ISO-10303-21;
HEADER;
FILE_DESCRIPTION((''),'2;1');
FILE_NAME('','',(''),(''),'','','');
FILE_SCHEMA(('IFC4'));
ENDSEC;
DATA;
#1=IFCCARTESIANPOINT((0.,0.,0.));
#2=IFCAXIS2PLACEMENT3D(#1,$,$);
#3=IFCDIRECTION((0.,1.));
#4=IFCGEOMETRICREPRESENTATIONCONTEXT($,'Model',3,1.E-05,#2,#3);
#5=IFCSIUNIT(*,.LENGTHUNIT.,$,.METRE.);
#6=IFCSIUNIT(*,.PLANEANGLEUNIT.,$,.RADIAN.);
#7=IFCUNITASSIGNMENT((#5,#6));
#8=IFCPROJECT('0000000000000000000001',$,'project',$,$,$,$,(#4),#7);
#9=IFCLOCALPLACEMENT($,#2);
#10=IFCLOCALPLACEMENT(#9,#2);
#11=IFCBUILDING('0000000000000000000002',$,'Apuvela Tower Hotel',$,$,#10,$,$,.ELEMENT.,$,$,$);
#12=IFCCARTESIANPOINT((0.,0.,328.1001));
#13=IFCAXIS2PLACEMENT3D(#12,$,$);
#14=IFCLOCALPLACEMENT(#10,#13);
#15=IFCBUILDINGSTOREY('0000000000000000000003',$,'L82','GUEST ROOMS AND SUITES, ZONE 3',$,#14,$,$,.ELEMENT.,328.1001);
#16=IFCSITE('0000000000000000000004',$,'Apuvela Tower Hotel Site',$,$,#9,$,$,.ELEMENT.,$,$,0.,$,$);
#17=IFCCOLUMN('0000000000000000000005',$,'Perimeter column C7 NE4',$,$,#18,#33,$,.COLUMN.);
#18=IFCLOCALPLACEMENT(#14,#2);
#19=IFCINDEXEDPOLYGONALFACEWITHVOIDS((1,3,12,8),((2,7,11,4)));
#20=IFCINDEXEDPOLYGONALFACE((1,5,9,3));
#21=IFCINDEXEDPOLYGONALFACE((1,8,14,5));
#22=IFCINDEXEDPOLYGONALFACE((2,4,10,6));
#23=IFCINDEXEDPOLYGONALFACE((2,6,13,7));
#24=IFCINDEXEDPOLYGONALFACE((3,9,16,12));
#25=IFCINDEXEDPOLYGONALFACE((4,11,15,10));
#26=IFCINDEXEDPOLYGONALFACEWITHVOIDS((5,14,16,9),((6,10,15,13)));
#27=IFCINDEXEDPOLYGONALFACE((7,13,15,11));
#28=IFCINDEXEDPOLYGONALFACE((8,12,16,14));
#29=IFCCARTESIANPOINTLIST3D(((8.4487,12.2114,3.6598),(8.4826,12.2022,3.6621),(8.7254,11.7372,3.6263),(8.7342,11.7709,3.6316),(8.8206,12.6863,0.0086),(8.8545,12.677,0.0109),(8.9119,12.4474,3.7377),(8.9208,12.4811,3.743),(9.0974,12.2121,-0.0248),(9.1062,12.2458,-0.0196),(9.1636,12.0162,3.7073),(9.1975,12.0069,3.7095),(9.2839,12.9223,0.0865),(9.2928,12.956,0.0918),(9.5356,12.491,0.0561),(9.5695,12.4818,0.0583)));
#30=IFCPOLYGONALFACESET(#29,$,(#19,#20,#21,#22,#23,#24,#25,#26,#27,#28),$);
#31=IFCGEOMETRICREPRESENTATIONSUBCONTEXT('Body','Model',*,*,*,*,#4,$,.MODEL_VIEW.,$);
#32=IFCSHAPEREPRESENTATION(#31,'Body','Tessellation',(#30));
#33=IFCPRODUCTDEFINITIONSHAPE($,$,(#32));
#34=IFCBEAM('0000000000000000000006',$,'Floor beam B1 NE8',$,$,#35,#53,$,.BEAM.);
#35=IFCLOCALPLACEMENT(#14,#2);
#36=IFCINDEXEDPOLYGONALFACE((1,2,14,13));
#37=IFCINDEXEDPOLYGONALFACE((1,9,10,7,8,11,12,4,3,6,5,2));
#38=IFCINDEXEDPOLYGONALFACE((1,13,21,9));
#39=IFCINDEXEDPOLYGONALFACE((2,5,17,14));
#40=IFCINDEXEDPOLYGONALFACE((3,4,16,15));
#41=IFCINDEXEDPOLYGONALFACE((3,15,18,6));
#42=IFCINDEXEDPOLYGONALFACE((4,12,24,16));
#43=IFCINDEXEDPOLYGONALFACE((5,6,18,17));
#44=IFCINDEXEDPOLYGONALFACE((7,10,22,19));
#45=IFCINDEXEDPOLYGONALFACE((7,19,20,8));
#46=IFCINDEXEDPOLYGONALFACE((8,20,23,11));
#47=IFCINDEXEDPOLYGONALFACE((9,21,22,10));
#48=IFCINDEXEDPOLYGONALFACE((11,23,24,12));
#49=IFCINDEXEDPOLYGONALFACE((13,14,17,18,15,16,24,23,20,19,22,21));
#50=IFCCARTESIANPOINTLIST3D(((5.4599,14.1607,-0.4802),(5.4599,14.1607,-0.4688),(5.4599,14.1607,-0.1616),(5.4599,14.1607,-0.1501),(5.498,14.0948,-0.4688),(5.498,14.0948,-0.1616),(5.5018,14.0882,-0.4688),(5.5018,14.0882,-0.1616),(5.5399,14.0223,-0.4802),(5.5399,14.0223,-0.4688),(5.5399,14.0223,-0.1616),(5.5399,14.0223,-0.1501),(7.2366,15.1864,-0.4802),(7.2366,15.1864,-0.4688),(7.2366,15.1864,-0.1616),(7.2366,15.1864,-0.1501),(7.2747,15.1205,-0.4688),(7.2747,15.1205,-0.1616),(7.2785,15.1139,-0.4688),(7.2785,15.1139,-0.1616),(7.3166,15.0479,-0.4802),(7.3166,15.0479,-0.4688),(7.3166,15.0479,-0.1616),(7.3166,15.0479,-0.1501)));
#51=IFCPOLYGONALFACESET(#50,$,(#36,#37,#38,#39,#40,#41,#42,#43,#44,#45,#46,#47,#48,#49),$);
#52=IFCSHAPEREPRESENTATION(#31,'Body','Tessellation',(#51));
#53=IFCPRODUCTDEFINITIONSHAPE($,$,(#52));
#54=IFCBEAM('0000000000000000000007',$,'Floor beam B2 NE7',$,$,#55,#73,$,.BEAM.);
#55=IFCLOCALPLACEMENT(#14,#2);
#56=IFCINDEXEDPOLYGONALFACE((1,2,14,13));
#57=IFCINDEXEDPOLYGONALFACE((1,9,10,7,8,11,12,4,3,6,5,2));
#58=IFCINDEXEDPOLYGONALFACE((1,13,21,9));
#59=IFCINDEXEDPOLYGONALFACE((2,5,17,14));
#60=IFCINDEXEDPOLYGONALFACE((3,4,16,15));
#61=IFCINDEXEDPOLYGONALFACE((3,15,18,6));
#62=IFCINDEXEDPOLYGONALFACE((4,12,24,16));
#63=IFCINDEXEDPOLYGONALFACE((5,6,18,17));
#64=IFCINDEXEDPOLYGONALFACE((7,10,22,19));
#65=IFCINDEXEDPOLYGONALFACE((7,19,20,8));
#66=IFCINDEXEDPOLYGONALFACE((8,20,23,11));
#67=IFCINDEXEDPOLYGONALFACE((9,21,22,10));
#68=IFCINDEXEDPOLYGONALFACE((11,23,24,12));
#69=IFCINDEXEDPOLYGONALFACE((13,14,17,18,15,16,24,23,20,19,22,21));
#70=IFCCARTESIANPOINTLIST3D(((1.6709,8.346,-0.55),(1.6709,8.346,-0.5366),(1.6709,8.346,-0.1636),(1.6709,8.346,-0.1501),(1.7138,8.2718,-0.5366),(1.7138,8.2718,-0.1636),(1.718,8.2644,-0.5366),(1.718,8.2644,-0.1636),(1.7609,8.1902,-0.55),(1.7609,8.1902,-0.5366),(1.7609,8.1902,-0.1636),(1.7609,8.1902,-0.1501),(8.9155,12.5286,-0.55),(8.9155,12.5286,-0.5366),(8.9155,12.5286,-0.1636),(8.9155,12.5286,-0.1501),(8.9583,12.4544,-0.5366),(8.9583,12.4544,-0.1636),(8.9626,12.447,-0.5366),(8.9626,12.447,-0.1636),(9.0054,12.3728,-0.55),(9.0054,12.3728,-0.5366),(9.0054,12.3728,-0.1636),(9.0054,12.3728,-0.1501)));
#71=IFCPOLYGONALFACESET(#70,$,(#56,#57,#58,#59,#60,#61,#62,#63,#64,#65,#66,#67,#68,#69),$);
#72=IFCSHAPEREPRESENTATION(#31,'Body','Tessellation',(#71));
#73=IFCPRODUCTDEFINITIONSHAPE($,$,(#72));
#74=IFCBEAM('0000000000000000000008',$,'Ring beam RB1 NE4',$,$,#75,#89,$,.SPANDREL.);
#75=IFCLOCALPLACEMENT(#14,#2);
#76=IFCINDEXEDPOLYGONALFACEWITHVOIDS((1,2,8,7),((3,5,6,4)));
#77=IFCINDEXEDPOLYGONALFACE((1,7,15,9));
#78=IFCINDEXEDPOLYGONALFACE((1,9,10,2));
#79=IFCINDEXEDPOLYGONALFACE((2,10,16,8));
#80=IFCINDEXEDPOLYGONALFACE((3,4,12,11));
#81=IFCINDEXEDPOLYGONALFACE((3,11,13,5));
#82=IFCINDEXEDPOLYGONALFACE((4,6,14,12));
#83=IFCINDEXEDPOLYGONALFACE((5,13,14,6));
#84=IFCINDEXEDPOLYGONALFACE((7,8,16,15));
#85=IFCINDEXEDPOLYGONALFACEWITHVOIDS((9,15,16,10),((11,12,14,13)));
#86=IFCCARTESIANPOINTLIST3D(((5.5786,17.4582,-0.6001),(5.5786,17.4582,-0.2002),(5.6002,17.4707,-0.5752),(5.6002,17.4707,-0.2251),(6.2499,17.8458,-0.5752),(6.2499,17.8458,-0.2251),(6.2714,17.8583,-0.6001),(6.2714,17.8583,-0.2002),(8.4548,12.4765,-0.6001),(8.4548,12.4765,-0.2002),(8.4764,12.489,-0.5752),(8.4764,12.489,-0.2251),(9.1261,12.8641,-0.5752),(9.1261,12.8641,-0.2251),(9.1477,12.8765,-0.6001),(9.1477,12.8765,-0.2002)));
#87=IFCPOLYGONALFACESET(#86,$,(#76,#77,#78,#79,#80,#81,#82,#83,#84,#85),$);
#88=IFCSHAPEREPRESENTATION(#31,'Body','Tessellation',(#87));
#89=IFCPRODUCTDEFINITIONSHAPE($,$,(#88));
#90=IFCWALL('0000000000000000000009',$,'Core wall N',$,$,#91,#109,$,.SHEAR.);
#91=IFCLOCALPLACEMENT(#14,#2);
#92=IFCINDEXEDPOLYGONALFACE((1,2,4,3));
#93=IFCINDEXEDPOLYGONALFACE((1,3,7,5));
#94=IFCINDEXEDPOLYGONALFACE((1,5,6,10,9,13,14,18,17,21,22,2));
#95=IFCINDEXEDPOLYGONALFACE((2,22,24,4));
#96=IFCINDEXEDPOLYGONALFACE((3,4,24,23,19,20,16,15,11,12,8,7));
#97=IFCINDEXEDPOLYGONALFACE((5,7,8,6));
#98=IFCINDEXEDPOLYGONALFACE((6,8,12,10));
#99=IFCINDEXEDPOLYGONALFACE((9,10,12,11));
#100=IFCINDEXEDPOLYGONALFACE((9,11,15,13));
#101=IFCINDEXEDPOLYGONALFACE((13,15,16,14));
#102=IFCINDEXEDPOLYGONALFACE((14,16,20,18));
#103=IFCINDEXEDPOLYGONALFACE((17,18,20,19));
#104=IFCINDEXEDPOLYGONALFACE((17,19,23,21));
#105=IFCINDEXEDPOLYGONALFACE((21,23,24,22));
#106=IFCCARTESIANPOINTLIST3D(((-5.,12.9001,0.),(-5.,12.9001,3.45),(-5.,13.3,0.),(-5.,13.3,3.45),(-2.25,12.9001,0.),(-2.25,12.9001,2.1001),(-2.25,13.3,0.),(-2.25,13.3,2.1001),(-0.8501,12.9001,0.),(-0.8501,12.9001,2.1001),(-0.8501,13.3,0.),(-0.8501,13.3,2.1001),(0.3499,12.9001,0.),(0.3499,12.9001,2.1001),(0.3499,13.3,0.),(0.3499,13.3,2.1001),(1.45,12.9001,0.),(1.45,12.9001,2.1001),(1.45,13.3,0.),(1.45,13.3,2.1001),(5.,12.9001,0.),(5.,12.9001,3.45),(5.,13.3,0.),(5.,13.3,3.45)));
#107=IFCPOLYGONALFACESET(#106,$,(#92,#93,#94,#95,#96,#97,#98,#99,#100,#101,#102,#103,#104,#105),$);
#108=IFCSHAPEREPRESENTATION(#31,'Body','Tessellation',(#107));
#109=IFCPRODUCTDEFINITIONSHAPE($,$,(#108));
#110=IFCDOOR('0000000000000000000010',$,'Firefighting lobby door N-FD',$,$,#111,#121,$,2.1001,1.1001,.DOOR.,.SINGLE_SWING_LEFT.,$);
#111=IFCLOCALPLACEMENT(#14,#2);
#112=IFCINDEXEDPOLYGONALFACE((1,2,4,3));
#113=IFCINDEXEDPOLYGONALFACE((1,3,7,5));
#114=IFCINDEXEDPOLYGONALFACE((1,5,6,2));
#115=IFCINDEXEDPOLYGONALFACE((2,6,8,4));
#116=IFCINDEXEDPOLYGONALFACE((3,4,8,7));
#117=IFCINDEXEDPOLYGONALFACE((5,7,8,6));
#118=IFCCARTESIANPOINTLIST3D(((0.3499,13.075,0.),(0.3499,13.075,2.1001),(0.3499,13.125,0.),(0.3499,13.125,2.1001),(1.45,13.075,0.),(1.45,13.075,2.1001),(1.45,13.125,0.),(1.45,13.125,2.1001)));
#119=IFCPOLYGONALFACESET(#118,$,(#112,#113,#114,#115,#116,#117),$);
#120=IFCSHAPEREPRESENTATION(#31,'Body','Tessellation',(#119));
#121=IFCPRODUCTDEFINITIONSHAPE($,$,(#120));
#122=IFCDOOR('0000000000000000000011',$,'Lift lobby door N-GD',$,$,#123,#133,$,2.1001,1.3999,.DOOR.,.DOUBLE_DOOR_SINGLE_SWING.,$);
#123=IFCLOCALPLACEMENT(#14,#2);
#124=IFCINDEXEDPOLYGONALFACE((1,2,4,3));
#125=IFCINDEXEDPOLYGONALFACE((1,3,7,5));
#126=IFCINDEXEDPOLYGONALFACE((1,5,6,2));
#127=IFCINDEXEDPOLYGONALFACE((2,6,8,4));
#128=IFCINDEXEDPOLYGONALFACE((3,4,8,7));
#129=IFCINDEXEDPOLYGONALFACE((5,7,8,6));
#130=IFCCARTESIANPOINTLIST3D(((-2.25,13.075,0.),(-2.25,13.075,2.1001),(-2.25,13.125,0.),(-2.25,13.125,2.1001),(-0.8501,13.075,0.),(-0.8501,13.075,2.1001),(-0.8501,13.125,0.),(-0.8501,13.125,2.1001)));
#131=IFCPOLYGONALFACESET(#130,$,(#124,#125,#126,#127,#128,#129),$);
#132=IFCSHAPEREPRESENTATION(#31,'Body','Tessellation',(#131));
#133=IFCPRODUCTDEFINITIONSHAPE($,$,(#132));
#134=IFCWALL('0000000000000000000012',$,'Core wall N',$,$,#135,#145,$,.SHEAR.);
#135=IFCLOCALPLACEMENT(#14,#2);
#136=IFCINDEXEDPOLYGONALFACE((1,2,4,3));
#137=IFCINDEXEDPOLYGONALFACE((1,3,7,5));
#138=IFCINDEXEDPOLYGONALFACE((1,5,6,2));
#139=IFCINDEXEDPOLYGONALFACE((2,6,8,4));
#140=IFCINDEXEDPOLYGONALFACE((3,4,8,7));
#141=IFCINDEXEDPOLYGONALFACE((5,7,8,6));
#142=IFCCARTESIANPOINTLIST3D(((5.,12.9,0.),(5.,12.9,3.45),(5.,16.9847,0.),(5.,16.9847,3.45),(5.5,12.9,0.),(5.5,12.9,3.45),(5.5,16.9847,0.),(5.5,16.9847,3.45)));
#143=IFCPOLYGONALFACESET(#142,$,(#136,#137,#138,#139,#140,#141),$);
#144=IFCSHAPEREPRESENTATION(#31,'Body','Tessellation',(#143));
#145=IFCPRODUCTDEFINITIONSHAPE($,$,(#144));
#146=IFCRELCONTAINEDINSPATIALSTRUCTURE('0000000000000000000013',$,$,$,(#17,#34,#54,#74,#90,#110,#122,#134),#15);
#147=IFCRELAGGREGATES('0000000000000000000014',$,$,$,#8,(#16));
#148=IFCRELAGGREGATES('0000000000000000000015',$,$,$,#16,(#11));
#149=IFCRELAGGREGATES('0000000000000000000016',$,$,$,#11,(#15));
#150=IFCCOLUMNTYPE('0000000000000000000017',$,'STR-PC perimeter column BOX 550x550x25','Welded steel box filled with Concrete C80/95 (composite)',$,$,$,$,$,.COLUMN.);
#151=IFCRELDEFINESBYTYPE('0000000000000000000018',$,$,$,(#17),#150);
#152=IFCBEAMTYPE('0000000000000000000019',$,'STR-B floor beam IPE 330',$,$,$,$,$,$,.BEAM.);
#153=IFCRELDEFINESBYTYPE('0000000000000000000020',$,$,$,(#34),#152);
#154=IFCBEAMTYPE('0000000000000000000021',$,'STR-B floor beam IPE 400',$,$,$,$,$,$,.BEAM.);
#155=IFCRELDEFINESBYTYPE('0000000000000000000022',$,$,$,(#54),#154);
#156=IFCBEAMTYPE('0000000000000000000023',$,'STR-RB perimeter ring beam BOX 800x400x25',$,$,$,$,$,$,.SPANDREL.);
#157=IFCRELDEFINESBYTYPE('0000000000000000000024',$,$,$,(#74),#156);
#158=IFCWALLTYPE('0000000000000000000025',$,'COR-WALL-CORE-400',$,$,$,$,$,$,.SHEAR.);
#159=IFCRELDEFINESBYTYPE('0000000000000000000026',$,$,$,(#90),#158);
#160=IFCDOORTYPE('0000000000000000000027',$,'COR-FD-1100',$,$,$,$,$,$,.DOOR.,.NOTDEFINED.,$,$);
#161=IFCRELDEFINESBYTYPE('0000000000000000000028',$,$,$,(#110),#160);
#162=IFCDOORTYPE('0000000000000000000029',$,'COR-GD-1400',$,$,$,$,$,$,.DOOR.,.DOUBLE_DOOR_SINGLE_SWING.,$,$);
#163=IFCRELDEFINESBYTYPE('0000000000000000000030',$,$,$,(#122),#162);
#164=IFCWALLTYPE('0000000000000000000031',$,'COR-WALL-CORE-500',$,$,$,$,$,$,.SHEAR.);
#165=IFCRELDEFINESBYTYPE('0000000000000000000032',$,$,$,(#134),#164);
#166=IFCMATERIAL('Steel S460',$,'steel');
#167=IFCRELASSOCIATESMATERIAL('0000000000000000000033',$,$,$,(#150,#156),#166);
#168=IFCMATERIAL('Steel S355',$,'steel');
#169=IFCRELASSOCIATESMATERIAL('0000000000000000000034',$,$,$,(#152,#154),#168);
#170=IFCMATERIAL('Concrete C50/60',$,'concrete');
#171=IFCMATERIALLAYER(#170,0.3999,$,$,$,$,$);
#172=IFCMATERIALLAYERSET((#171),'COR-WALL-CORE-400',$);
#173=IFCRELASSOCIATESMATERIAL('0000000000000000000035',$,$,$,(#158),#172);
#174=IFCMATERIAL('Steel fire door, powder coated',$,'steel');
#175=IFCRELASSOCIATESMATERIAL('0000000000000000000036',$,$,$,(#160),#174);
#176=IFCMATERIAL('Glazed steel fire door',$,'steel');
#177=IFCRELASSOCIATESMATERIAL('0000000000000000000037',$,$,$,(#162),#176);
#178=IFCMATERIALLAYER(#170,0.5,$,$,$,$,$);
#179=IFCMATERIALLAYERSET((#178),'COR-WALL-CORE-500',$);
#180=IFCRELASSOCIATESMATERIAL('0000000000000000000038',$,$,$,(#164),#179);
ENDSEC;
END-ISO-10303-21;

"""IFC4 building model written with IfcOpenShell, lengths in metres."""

from ifc_helpers import new_model, si_unit, direction, frame, frame_2d, origin, origin_2d, place, context, subcontext, project, spatial, rectangle, hollow_rectangle, i_section, extrude, boolean, halfspace, material, layer, layer_set, material_profile, profile_set, type_object, element, fill, save


model = new_model("IFC4")

# Units and contexts
model_context = context("Model", 3, precision=1e-05, world=origin(), true_north=direction((0.0, 1.0)))
body_context = subcontext(model_context, "Body", "Model", "MODEL_VIEW")
ifc_project = project(units=[si_unit("LENGTHUNIT", "METRE"), si_unit("PLANEANGLEUNIT", "RADIAN")], contexts=[model_context])

# Site, building, storey
site_placement = place(None, origin())
site = spatial("IfcSite", under=ifc_project, at=site_placement, Name="Apuvela Tower Hotel Site", CompositionType="ELEMENT", RefElevation=0.0)
building_placement = place(site_placement, origin())
building = spatial("IfcBuilding", under=site, at=building_placement, Name="Apuvela Tower Hotel", CompositionType="ELEMENT")
storey_placement = place(building_placement, frame((0.0, 0.0, 328.1001)))
storey = spatial("IfcBuildingStorey", under=building, at=storey_placement, Name="L82", Description="GUEST ROOMS AND SUITES, ZONE 3", CompositionType="ELEMENT", Elevation=328.1001)

# Column
ifc_material_1 = material(Name="Steel S460", Category="steel")
ifc_material_profile_1 = material_profile(ifc_material_1, hollow_rectangle(XDim=0.55, YDim=0.55, WallThickness=0.0249, at=origin_2d()), Name="BOX 550x550x25")
ifc_material_2 = material(Name="Concrete C80/95", Category="concrete")
ifc_material_profile_2 = material_profile(ifc_material_2, rectangle(XDim=0.5, YDim=0.5, at=origin_2d()), Name="Concrete C80/95 infill")
ifc_profile_set_1 = profile_set([ifc_material_profile_1, ifc_material_profile_2], Name="Steel S460")
column_type = type_object("IfcColumnType", Name="STR-PC perimeter column BOX 550x550x25", Description="Welded steel box filled with Concrete C80/95 (composite)", PredefinedType="COLUMN", material=ifc_profile_set_1)
column_placement = place(storey_placement, frame((9.1985, 12.5884, 0.0), z_axis=(-0.100518, -0.128317, 0.986626), x_axis=(-0.503129, 0.862066, 0.060858)))
element("IfcColumn", 1, at=column_placement, inside=storey, type_object=column_type, Name="Perimeter column C7 NE4", PredefinedType="COLUMN", context=body_context, shape_type="SweptSolid", body=[
    boolean("DIFFERENCE", boolean("DIFFERENCE", extrude(hollow_rectangle(XDim=0.55, YDim=0.55, WallThickness=0.0249, at=origin_2d()), origin(), (0.0, 0.0, 1.0), 3.75), halfspace(frame((0.0, 0.0, 0.0339), z_axis=(0.0, 0.0, 1.0), x_axis=(1.0, 0.0, 0.0)), True)), halfspace(frame((0.0, 0.0, 3.7346), z_axis=(0.0, 0.0, 1.0), x_axis=(1.0, 0.0, 0.0)), False)),
])

# Beams
ifc_material_3 = material(Name="Steel S355", Category="steel")
ifc_material_profile_3 = material_profile(ifc_material_3, i_section(OverallWidth=0.1599, OverallDepth=0.3301, WebThickness=0.0076, FlangeThickness=0.0115, at=origin_2d()), Name="IPE 330")
ifc_profile_set_2 = profile_set([ifc_material_profile_3], Name="Steel S355")
beam_type_1 = type_object("IfcBeamType", Name="STR-B floor beam IPE 330", PredefinedType="BEAM", material=ifc_profile_set_2)
beam_1_placement = place(storey_placement, frame((7.2766, 15.1172, -0.3152), z_axis=(-0.866045, -0.499966, 0.0), x_axis=(0.499966, -0.866045, 0.0)))
element("IfcBeam", 2, at=beam_1_placement, inside=storey, type_object=beam_type_1, Name="Floor beam B1 NE8", PredefinedType="BEAM", context=body_context, shape_type="SweptSolid", body=[
    extrude(i_section(OverallWidth=0.1599, OverallDepth=0.3301, WebThickness=0.0076, FlangeThickness=0.0115, at=origin_2d()), origin(), (0.0, 0.0, 1.0), 2.0515),
])
ifc_material_profile_4 = material_profile(ifc_material_3, i_section(OverallWidth=0.1799, OverallDepth=0.3999, WebThickness=0.0085, FlangeThickness=0.0134, at=origin_2d()), Name="IPE 400")
ifc_profile_set_3 = profile_set([ifc_material_profile_4], Name="Steel S355")
beam_type_2 = type_object("IfcBeamType", Name="STR-B floor beam IPE 400", PredefinedType="BEAM", material=ifc_profile_set_3)
beam_2_placement = place(storey_placement, frame((8.9604, 12.4507, -0.3501), z_axis=(-0.866029, -0.499994, 0.0), x_axis=(0.499994, -0.866029, 0.0)))
element("IfcBeam", 3, at=beam_2_placement, inside=storey, type_object=beam_type_2, Name="Floor beam B2 NE7", PredefinedType="BEAM", context=body_context, shape_type="SweptSolid", body=[
    extrude(i_section(OverallWidth=0.1799, OverallDepth=0.3999, WebThickness=0.0085, FlangeThickness=0.0134, at=origin_2d()), origin(), (0.0, 0.0, 1.0), 8.3652),
])
ifc_material_profile_5 = material_profile(ifc_material_1, hollow_rectangle(XDim=0.8, YDim=0.3999, WallThickness=0.0249, at=origin_2d()), Name="BOX 800x400x25")
ifc_profile_set_4 = profile_set([ifc_material_profile_5], Name="Steel S460")
beam_type_3 = type_object("IfcBeamType", Name="STR-RB perimeter ring beam BOX 800x400x25", PredefinedType="SPANDREL", material=ifc_profile_set_4)
beam_3_placement = place(storey_placement, frame((8.8013, 12.6765, -0.4001), z_axis=(-0.500005, 0.866022, 0.0), x_axis=(-0.866022, -0.500005, 0.0)))
element("IfcBeam", 4, at=beam_3_placement, inside=storey, type_object=beam_type_3, Name="Ring beam RB1 NE4", PredefinedType="SPANDREL", context=body_context, shape_type="SweptSolid", body=[
    extrude(hollow_rectangle(XDim=0.8, YDim=0.3999, WallThickness=0.0249, at=origin_2d()), origin(), (0.0, 0.0, 1.0), 5.7524),
])

# Wall, openings, doors
ifc_material_4 = material(Name="Concrete C50/60", Category="concrete")
ifc_layer_1 = layer(ifc_material_4, 0.3999)
ifc_layer_set_1 = layer_set([ifc_layer_1], Name="COR-WALL-CORE-400")
wall_type_1 = type_object("IfcWallType", Name="COR-WALL-CORE-400", PredefinedType="SHEAR", material=ifc_layer_set_1)
wall_1_placement = place(storey_placement, frame((5.0, 13.1001, 0.0), z_axis=(0.0, 0.0, 1.0), x_axis=(-1.0, 0.0, 0.0)))
wall_1 = element("IfcWall", 5, at=wall_1_placement, inside=storey, type_object=wall_type_1, Name="Core wall N", PredefinedType="SHEAR", context=body_context, shape_type="SweptSolid", body=[
    extrude(rectangle(XDim=10.0, YDim=0.3999, at=frame_2d((5.0, 0.0))), origin(), (0.0, 0.0, 1.0), 3.45),
])
opening_1_placement = place(wall_1_placement, frame((3.55, 0.0, 0.0)))
opening_1 = element("IfcOpeningElement", 6, at=opening_1_placement, cuts=wall_1, PredefinedType="OPENING", context=body_context, shape_type="SweptSolid", body=[
    extrude(rectangle(XDim=1.1001, YDim=2.1001, at=frame_2d((0.55, 1.05))), frame((0.0, 0.21, 0.0), z_axis=(0.0, -1.0, 0.0), x_axis=(1.0, 0.0, 0.0)), (0.0, 0.0, 1.0), 0.4199),
])
opening_2_placement = place(wall_1_placement, frame((5.8501, 0.0, 0.0)))
opening_2 = element("IfcOpeningElement", 7, at=opening_2_placement, cuts=wall_1, PredefinedType="OPENING", context=body_context, shape_type="SweptSolid", body=[
    extrude(rectangle(XDim=1.3999, YDim=2.1001, at=frame_2d((0.7, 1.05))), frame((0.0, 0.21, 0.0), z_axis=(0.0, -1.0, 0.0), x_axis=(1.0, 0.0, 0.0)), (0.0, 0.0, 1.0), 0.4199),
])
ifc_material_5 = material(Name="Steel fire door, powder coated", Category="steel")
door_type_1 = type_object("IfcDoorType", Name="COR-FD-1100", OperationType="NOTDEFINED", PredefinedType="DOOR", material=ifc_material_5)
door_1_placement = place(opening_1_placement, frame((1.1001, 0.0, 0.0), z_axis=(0.0, 0.0, 1.0), x_axis=(-1.0, 0.0, 0.0)))
door_1 = element("IfcDoor", 8, at=door_1_placement, inside=storey, type_object=door_type_1, Name="Firefighting lobby door N-FD", OperationType="SINGLE_SWING_LEFT", OverallHeight=2.1001, OverallWidth=1.1001, PredefinedType="DOOR", context=body_context, shape_type="SweptSolid", body=[
    extrude(rectangle(XDim=1.1001, YDim=2.1001, at=frame_2d((0.55, 1.05))), frame((0.0, 0.0249, 0.0), z_axis=(0.0, -1.0, 0.0), x_axis=(1.0, 0.0, 0.0)), (0.0, 0.0, 1.0), 0.05),
])
fill(opening_1, door_1)
ifc_material_6 = material(Name="Glazed steel fire door", Category="steel")
door_type_2 = type_object("IfcDoorType", Name="COR-GD-1400", OperationType="DOUBLE_DOOR_SINGLE_SWING", PredefinedType="DOOR", material=ifc_material_6)
door_2_placement = place(opening_2_placement, frame((1.3999, 0.0, 0.0), z_axis=(0.0, 0.0, 1.0), x_axis=(-1.0, 0.0, 0.0)))
door_2 = element("IfcDoor", 9, at=door_2_placement, inside=storey, type_object=door_type_2, Name="Lift lobby door N-GD", OperationType="DOUBLE_DOOR_SINGLE_SWING", OverallHeight=2.1001, OverallWidth=1.3999, PredefinedType="DOOR", context=body_context, shape_type="SweptSolid", body=[
    extrude(rectangle(XDim=1.3999, YDim=2.1001, at=frame_2d((0.7, 1.05))), frame((0.0, 0.0249, 0.0), z_axis=(0.0, -1.0, 0.0), x_axis=(1.0, 0.0, 0.0)), (0.0, 0.0, 1.0), 0.05),
])
fill(opening_2, door_2)

# Wall
ifc_layer_2 = layer(ifc_material_4, 0.5)
ifc_layer_set_2 = layer_set([ifc_layer_2], Name="COR-WALL-CORE-500")
wall_type_2 = type_object("IfcWallType", Name="COR-WALL-CORE-500", PredefinedType="SHEAR", material=ifc_layer_set_2)
wall_2_placement = place(storey_placement, frame((5.25, 12.8999, 0.0), z_axis=(0.0, 0.0, 1.0), x_axis=(0.0, 1.0, 0.0)))
element("IfcWall", 10, at=wall_2_placement, inside=storey, type_object=wall_type_2, Name="Core wall N", PredefinedType="SHEAR", context=body_context, shape_type="SweptSolid", body=[
    extrude(rectangle(XDim=4.0847, YDim=0.5, at=frame_2d((2.0425, 0.0))), origin(), (0.0, 0.0, 1.0), 3.45),
])

save(model, "model.ifc")
